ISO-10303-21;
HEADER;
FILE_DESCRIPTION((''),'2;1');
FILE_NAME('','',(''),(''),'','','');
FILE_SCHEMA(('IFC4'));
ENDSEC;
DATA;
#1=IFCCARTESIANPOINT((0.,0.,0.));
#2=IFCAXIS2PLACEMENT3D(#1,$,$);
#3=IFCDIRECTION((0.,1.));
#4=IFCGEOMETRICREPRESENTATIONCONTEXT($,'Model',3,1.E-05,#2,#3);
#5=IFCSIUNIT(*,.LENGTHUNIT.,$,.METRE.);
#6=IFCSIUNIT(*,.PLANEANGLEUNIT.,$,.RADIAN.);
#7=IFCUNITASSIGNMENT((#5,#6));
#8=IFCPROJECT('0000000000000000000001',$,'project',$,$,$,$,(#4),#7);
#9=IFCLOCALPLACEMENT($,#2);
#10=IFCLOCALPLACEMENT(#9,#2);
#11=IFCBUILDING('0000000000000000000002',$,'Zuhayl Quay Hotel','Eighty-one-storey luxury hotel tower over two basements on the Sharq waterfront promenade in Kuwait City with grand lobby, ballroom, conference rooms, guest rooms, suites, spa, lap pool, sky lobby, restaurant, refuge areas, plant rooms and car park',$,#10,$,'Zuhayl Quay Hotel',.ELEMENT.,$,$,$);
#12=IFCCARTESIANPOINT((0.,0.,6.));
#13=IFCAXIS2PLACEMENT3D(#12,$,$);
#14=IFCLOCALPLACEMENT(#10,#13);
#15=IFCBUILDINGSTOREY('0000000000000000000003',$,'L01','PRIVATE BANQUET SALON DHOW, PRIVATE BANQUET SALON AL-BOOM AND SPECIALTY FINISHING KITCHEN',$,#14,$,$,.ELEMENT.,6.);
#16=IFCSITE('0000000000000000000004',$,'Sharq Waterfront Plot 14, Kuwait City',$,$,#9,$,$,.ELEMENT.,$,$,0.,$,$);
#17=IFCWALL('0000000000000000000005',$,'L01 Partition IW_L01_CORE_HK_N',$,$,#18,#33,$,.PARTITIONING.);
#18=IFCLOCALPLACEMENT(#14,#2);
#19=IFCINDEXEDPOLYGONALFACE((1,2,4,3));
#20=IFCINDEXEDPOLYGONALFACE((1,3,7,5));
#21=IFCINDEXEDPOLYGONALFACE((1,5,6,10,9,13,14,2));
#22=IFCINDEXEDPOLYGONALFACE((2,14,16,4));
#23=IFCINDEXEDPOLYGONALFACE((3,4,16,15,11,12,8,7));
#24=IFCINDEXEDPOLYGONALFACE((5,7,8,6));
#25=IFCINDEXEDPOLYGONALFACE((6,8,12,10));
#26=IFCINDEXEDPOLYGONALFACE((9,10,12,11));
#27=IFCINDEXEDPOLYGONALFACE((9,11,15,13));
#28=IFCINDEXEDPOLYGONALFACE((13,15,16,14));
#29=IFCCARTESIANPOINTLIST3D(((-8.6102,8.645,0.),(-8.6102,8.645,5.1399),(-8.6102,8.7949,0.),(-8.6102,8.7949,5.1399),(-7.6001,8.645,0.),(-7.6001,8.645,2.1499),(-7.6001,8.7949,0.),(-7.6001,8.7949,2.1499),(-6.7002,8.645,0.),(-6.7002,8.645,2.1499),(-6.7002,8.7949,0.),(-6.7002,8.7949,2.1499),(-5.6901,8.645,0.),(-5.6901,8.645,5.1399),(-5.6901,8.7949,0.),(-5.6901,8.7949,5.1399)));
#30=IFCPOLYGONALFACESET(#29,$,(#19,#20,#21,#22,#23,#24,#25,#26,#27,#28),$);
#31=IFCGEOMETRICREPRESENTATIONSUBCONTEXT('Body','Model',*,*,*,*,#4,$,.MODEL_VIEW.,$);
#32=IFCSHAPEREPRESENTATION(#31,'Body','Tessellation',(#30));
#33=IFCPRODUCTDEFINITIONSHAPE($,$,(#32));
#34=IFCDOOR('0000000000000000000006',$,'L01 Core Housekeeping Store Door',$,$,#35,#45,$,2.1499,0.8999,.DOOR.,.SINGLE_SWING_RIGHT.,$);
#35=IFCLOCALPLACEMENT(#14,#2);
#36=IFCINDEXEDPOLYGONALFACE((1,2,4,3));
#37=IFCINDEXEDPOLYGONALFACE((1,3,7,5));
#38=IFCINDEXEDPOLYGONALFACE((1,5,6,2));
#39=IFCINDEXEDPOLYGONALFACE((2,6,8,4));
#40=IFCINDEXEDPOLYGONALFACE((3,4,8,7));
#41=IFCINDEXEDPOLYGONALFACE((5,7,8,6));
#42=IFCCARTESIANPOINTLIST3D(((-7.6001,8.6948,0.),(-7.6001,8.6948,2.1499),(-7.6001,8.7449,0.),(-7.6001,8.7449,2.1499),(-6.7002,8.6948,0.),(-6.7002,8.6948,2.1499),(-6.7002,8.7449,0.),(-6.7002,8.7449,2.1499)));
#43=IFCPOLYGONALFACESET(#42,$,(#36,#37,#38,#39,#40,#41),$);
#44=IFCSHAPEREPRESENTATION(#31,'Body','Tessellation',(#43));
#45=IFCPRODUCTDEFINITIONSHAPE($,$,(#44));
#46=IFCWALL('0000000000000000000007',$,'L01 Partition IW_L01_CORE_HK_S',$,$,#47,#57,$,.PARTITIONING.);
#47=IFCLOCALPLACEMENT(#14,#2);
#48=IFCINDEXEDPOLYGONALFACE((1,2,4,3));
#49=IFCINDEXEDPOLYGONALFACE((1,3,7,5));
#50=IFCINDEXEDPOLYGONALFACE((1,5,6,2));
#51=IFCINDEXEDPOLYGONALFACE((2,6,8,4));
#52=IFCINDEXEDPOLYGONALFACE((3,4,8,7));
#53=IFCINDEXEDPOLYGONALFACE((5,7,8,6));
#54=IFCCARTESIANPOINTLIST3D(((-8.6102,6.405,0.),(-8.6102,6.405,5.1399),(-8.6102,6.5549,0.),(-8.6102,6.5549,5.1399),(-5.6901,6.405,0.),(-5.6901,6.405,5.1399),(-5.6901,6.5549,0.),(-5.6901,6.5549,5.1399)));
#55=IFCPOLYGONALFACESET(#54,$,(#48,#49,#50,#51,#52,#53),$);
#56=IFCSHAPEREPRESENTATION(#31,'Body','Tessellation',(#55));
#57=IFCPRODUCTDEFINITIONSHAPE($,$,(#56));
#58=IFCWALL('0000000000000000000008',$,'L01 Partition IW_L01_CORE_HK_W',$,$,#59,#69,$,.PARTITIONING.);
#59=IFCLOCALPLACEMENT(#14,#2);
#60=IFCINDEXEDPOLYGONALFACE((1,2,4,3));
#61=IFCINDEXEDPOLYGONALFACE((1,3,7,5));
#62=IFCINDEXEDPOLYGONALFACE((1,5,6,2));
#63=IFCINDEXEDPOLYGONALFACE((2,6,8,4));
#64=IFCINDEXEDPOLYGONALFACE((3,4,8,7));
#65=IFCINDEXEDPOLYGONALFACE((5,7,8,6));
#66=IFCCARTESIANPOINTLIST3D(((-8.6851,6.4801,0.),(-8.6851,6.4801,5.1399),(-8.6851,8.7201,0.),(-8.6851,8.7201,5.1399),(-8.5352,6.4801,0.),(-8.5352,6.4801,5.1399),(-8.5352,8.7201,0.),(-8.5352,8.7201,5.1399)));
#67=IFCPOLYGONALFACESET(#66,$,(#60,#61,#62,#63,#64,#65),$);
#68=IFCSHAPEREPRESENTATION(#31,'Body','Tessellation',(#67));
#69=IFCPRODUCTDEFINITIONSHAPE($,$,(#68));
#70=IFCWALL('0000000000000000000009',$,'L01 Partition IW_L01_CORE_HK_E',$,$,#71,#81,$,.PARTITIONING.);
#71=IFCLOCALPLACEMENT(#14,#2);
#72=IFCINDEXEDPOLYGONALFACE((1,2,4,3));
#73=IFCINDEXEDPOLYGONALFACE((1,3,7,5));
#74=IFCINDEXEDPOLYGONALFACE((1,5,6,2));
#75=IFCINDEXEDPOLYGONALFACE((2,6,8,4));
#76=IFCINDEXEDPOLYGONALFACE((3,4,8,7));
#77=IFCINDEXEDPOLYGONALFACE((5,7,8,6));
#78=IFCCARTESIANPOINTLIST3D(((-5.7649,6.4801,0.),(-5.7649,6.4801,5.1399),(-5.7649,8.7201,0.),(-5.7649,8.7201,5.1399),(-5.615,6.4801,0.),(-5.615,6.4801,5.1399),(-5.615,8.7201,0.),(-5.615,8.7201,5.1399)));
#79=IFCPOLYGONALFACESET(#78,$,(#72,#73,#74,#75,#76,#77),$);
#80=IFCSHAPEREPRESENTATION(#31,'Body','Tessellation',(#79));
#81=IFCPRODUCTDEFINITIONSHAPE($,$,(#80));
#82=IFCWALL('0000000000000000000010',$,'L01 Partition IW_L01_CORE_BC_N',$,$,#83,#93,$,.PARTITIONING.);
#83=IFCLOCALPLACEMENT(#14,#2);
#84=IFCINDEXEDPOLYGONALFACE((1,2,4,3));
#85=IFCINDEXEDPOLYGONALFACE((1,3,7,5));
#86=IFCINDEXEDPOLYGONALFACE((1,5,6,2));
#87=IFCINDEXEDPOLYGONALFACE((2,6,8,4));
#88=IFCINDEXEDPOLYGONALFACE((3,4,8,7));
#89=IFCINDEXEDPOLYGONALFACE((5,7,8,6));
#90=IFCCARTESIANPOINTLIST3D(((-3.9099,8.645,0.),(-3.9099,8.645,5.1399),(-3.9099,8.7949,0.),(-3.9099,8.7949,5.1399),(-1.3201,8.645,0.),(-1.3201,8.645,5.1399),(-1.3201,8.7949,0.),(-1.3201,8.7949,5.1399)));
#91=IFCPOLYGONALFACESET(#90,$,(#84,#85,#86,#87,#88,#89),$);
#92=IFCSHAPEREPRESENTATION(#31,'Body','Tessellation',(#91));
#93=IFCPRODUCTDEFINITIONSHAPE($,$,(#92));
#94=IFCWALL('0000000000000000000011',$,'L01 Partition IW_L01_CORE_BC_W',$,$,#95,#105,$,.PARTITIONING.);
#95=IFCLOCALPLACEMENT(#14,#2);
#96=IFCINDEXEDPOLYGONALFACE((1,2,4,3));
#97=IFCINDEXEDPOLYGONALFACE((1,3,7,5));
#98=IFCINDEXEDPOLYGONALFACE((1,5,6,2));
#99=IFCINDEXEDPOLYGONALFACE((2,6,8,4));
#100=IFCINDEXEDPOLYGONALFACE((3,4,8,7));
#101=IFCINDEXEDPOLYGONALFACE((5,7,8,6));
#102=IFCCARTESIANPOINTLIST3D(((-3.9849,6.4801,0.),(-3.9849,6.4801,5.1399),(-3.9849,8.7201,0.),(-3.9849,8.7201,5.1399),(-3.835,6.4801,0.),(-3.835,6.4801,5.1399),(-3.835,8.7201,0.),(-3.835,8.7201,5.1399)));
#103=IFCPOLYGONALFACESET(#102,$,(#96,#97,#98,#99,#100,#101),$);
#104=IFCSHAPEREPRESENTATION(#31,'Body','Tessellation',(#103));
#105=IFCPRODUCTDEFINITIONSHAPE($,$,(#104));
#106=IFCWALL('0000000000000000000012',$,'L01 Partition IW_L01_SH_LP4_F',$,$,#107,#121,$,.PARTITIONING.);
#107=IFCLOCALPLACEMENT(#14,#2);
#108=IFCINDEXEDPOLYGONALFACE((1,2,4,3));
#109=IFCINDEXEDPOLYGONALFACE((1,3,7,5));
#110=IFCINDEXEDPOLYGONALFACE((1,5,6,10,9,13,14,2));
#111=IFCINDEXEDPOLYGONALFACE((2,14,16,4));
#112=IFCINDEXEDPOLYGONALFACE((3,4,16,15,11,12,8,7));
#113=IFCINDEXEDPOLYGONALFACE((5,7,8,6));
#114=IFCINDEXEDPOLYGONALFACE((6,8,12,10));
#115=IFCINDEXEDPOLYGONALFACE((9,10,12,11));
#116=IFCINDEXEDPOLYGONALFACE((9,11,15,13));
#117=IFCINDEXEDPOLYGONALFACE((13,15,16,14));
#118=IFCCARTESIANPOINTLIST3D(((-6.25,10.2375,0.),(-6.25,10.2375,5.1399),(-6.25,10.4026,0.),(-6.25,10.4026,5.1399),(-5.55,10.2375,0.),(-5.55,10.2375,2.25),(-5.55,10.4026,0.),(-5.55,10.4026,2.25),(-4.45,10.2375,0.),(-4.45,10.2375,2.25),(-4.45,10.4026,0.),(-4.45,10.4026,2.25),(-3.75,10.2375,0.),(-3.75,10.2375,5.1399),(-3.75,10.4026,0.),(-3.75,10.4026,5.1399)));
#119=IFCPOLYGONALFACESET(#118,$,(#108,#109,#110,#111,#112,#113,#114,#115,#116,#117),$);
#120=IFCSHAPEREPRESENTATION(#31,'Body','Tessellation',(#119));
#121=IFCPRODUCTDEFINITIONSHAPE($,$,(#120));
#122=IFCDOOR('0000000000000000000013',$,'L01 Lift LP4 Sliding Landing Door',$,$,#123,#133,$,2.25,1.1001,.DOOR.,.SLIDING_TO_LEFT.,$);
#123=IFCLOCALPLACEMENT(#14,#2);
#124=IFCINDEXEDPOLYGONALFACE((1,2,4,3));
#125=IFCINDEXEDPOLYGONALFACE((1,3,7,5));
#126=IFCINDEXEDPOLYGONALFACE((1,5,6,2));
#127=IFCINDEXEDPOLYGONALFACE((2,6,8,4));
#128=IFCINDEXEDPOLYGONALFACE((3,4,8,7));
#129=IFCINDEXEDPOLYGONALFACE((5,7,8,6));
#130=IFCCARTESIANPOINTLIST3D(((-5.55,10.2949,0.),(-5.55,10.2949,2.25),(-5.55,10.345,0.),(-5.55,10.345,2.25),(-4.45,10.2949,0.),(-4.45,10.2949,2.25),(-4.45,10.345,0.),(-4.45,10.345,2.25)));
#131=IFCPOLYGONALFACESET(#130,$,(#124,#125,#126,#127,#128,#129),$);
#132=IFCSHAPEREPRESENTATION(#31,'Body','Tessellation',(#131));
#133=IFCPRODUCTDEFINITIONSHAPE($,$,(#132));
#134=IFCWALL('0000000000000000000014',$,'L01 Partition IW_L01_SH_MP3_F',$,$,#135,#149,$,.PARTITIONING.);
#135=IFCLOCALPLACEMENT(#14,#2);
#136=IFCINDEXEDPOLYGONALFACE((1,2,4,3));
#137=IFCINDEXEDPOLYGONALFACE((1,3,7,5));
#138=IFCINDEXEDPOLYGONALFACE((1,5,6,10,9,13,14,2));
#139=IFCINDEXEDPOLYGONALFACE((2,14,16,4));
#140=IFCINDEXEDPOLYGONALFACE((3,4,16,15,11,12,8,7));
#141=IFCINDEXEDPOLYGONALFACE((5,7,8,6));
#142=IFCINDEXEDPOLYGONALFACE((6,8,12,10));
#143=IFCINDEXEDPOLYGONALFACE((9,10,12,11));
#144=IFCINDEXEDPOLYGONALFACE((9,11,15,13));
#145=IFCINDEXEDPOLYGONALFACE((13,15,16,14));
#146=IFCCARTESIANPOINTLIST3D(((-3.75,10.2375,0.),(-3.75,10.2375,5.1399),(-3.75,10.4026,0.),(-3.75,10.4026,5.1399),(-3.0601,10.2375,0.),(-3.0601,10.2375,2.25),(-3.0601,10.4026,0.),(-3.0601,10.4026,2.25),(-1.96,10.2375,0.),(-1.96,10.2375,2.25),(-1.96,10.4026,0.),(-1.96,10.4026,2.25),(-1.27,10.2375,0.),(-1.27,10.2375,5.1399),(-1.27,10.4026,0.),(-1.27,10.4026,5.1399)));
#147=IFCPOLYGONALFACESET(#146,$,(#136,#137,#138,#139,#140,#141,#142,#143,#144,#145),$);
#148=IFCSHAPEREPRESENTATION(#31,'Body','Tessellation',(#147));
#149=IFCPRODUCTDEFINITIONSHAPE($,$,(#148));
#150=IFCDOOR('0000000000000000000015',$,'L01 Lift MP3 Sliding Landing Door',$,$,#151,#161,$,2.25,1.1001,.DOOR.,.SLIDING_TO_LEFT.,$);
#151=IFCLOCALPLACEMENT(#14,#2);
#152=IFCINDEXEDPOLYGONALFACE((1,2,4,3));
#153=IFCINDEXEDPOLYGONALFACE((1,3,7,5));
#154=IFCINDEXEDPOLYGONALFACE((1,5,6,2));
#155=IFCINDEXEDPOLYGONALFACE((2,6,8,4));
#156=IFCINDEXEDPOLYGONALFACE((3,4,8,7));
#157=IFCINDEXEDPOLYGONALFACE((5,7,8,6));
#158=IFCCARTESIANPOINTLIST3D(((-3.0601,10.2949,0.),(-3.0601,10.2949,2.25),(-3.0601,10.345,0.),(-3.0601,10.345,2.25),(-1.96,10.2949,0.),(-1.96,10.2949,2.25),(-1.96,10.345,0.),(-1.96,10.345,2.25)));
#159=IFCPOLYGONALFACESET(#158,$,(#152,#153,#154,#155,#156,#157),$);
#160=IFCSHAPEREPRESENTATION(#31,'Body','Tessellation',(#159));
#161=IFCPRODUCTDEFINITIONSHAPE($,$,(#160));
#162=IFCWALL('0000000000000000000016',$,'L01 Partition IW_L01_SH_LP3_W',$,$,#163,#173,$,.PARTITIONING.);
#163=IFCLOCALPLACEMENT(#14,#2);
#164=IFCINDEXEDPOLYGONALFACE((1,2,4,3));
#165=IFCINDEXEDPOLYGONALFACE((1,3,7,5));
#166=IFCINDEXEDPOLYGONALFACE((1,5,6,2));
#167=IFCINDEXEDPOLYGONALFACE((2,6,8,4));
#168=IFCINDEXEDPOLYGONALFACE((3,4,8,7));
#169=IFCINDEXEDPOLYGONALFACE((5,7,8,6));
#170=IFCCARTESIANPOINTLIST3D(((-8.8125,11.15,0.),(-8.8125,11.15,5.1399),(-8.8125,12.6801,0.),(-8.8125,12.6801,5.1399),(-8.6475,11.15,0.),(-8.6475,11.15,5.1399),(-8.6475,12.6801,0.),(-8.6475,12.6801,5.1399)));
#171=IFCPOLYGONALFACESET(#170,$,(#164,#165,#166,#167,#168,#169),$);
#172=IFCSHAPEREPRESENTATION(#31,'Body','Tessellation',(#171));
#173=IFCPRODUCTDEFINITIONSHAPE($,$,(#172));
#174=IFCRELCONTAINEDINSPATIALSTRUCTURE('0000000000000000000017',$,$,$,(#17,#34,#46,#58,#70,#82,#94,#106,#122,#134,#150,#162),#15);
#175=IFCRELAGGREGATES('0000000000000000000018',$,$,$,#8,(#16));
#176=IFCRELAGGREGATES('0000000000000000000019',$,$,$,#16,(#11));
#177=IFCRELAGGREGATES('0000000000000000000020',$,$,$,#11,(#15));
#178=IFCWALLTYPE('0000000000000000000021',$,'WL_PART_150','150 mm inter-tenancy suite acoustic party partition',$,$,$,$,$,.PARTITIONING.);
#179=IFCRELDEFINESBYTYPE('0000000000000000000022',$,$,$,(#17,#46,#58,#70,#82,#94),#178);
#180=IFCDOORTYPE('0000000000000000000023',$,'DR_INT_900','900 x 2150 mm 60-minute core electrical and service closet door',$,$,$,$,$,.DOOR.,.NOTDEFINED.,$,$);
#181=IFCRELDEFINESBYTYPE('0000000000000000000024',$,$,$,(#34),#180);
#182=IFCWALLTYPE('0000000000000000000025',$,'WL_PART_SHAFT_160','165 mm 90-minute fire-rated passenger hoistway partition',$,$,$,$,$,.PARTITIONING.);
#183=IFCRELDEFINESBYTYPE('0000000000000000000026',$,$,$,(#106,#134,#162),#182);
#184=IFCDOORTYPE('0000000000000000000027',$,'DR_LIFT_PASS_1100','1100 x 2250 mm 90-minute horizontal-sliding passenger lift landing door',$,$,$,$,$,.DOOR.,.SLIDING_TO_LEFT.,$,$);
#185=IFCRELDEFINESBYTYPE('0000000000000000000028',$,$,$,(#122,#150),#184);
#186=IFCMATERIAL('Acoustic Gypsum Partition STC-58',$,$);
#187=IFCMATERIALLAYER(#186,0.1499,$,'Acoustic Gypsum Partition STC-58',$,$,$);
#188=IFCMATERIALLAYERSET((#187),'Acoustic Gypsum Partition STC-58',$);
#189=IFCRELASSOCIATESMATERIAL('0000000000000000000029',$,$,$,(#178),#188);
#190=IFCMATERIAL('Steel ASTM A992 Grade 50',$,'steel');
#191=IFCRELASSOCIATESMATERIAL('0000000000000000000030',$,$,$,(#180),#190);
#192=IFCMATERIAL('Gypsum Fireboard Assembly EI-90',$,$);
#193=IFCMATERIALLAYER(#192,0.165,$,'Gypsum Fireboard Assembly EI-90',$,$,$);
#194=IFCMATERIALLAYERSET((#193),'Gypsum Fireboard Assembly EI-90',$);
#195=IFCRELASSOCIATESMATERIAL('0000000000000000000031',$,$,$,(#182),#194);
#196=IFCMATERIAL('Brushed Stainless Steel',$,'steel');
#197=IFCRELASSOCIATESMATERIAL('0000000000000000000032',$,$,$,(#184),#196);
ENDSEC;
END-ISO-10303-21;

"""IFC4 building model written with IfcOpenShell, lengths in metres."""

from ifc_helpers import new_model, si_unit, direction, frame, frame_2d, origin, place, context, subcontext, project, spatial, rectangle, extrude, material, layer, layer_set, type_object, element, fill, save


model = new_model("IFC4")

# Units and contexts
model_context = context("Model", 3, precision=1e-05, world=origin(), true_north=direction((0.0, 1.0)))
body_context = subcontext(model_context, "Body", "Model", "MODEL_VIEW")
ifc_project = project(units=[si_unit("LENGTHUNIT", "METRE"), si_unit("PLANEANGLEUNIT", "RADIAN")], contexts=[model_context])

# Site, building, storey
site_placement = place(None, origin())
site = spatial("IfcSite", under=ifc_project, at=site_placement, Name="Sharq Waterfront Plot 14, Kuwait City", CompositionType="ELEMENT", RefElevation=0.0)
building_placement = place(site_placement, origin())
building = spatial("IfcBuilding", under=site, at=building_placement, Name="Zuhayl Quay Hotel", Description="Eighty-one-storey luxury hotel tower over two basements on the Sharq waterfront promenade in Kuwait City with grand lobby, ballroom, conference rooms, guest rooms, suites, spa, lap pool, sky lobby, restaurant, refuge areas, plant rooms and car park", LongName="Zuhayl Quay Hotel", CompositionType="ELEMENT")
storey_placement = place(building_placement, frame((0.0, 0.0, 6.0)))
storey = spatial("IfcBuildingStorey", under=building, at=storey_placement, Name="L01", Description="PRIVATE BANQUET SALON DHOW, PRIVATE BANQUET SALON AL-BOOM AND SPECIALTY FINISHING KITCHEN", CompositionType="ELEMENT", Elevation=6.0)

# Wall, opening, door
ifc_material_1 = material(Name="Acoustic Gypsum Partition STC-58")
ifc_layer_1 = layer(ifc_material_1, 0.1499, Name="Acoustic Gypsum Partition STC-58")
ifc_layer_set_1 = layer_set([ifc_layer_1], Name="Acoustic Gypsum Partition STC-58")
wall_type_1 = type_object("IfcWallType", Name="WL_PART_150", Description="150 mm inter-tenancy suite acoustic party partition", PredefinedType="PARTITIONING", material=ifc_layer_set_1)
wall_1_placement = place(storey_placement, frame((-8.6101, 8.72, 0.0), z_axis=(0.0, 0.0, 1.0), x_axis=(1.0, 0.0, 0.0)))
wall_1 = element("IfcWall", 1, at=wall_1_placement, inside=storey, type_object=wall_type_1, Name="L01 Partition IW_L01_CORE_HK_N", PredefinedType="PARTITIONING", context=body_context, shape_type="SweptSolid", body=[
    extrude(rectangle(XDim=2.9202, YDim=0.1499, at=frame_2d((1.46, 0.0))), origin(), (0.0, 0.0, 1.0), 5.1399),
])
opening_1_placement = place(wall_1_placement, frame((1.01, 0.0, 0.0)))
opening_1 = element("IfcOpeningElement", 2, at=opening_1_placement, cuts=wall_1, PredefinedType="OPENING", context=body_context, shape_type="SweptSolid", body=[
    extrude(rectangle(XDim=0.8999, YDim=2.1499, at=frame_2d((0.45, 1.075))), frame((0.0, 0.085, 0.0), z_axis=(0.0, -1.0, 0.0), x_axis=(1.0, 0.0, 0.0)), (0.0, 0.0, 1.0), 0.1699),
])
ifc_material_2 = material(Name="Steel ASTM A992 Grade 50", Category="steel")
door_type_1 = type_object("IfcDoorType", Name="DR_INT_900", Description="900 x 2150 mm 60-minute core electrical and service closet door", OperationType="NOTDEFINED", PredefinedType="DOOR", material=ifc_material_2)
door_1_placement = place(opening_1_placement, origin())
door_1 = element("IfcDoor", 3, at=door_1_placement, inside=storey, type_object=door_type_1, Name="L01 Core Housekeeping Store Door", OperationType="SINGLE_SWING_RIGHT", OverallHeight=2.1499, OverallWidth=0.8999, PredefinedType="DOOR", context=body_context, shape_type="SweptSolid", body=[
    extrude(rectangle(XDim=0.8999, YDim=2.1499, at=frame_2d((0.45, 1.075))), frame((0.0, 0.0249, 0.0), z_axis=(0.0, -1.0, 0.0), x_axis=(1.0, 0.0, 0.0)), (0.0, 0.0, 1.0), 0.05),
])
fill(opening_1, door_1)

# Walls
wall_2_placement = place(storey_placement, frame((-8.6101, 6.48, 0.0), z_axis=(0.0, 0.0, 1.0), x_axis=(1.0, 0.0, 0.0)))
element("IfcWall", 4, at=wall_2_placement, inside=storey, type_object=wall_type_1, Name="L01 Partition IW_L01_CORE_HK_S", PredefinedType="PARTITIONING", context=body_context, shape_type="SweptSolid", body=[
    extrude(rectangle(XDim=2.9202, YDim=0.1499, at=frame_2d((1.46, 0.0))), origin(), (0.0, 0.0, 1.0), 5.1399),
])
for number, where, z_axis, x_axis, name in (
    (5, (-8.6101, 6.48, 0.0), (0.0, 0.0, 1.0), (0.0, 1.0, 0.0), "L01 Partition IW_L01_CORE_HK_W"),
    (6, (-5.6899, 6.48, 0.0), (0.0, 0.0, 1.0), (0.0, 1.0, 0.0), "L01 Partition IW_L01_CORE_HK_E"),
):
    element("IfcWall", number, at=place(storey_placement, frame(where, z_axis=z_axis, x_axis=x_axis)), inside=storey, type_object=wall_type_1, Name=name, PredefinedType="PARTITIONING", context=body_context, shape_type="SweptSolid", body=[
        extrude(rectangle(XDim=2.24, YDim=0.1499, at=frame_2d((1.1201, 0.0))), origin(), (0.0, 0.0, 1.0), 5.1399),
    ])
wall_3_placement = place(storey_placement, frame((-3.9099, 8.72, 0.0), z_axis=(0.0, 0.0, 1.0), x_axis=(1.0, 0.0, 0.0)))
element("IfcWall", 7, at=wall_3_placement, inside=storey, type_object=wall_type_1, Name="L01 Partition IW_L01_CORE_BC_N", PredefinedType="PARTITIONING", context=body_context, shape_type="SweptSolid", body=[
    extrude(rectangle(XDim=2.5898, YDim=0.1499, at=frame_2d((1.2949, 0.0))), origin(), (0.0, 0.0, 1.0), 5.1399),
])
wall_4_placement = place(storey_placement, frame((-3.9099, 6.48, 0.0), z_axis=(0.0, 0.0, 1.0), x_axis=(0.0, 1.0, 0.0)))
element("IfcWall", 8, at=wall_4_placement, inside=storey, type_object=wall_type_1, Name="L01 Partition IW_L01_CORE_BC_W", PredefinedType="PARTITIONING", context=body_context, shape_type="SweptSolid", body=[
    extrude(rectangle(XDim=2.24, YDim=0.1499, at=frame_2d((1.1201, 0.0))), origin(), (0.0, 0.0, 1.0), 5.1399),
])

# Walls, openings, doors
ifc_material_3 = material(Name="Gypsum Fireboard Assembly EI-90")
ifc_layer_2 = layer(ifc_material_3, 0.165, Name="Gypsum Fireboard Assembly EI-90")
ifc_layer_set_2 = layer_set([ifc_layer_2], Name="Gypsum Fireboard Assembly EI-90")
wall_type_2 = type_object("IfcWallType", Name="WL_PART_SHAFT_160", Description="165 mm 90-minute fire-rated passenger hoistway partition", PredefinedType="PARTITIONING", material=ifc_layer_set_2)
wall_5_placement = place(storey_placement, frame((-6.25, 10.3201, 0.0), z_axis=(0.0, 0.0, 1.0), x_axis=(1.0, 0.0, 0.0)))
wall_5 = element("IfcWall", 9, at=wall_5_placement, inside=storey, type_object=wall_type_2, Name="L01 Partition IW_L01_SH_LP4_F", PredefinedType="PARTITIONING", context=body_context, shape_type="SweptSolid", body=[
    extrude(rectangle(XDim=2.5, YDim=0.165, at=frame_2d((1.25, 0.0))), origin(), (0.0, 0.0, 1.0), 5.1399),
])
opening_2_placement = place(wall_5_placement, frame((0.7, 0.0, 0.0)))
opening_2 = element("IfcOpeningElement", 10, at=opening_2_placement, cuts=wall_5, PredefinedType="OPENING", context=body_context, shape_type="SweptSolid", body=[
    extrude(rectangle(XDim=1.1001, YDim=2.25, at=frame_2d((0.55, 1.125))), frame((0.0, 0.0925, 0.0), z_axis=(0.0, -1.0, 0.0), x_axis=(1.0, 0.0, 0.0)), (0.0, 0.0, 1.0), 0.1851),
])
ifc_material_4 = material(Name="Brushed Stainless Steel", Category="steel")
door_type_2 = type_object("IfcDoorType", Name="DR_LIFT_PASS_1100", Description="1100 x 2250 mm 90-minute horizontal-sliding passenger lift landing door", OperationType="SLIDING_TO_LEFT", PredefinedType="DOOR", material=ifc_material_4)
door_2_placement = place(opening_2_placement, origin())
door_2 = element("IfcDoor", 11, at=door_2_placement, inside=storey, type_object=door_type_2, Name="L01 Lift LP4 Sliding Landing Door", OperationType="SLIDING_TO_LEFT", OverallHeight=2.25, OverallWidth=1.1001, PredefinedType="DOOR", context=body_context, shape_type="SweptSolid", body=[
    extrude(rectangle(XDim=1.1001, YDim=2.25, at=frame_2d((0.55, 1.125))), frame((0.0, 0.0249, 0.0), z_axis=(0.0, -1.0, 0.0), x_axis=(1.0, 0.0, 0.0)), (0.0, 0.0, 1.0), 0.05),
])
fill(opening_2, door_2)
wall_6_placement = place(storey_placement, frame((-3.75, 10.3201, 0.0), z_axis=(0.0, 0.0, 1.0), x_axis=(1.0, 0.0, 0.0)))
wall_6 = element("IfcWall", 12, at=wall_6_placement, inside=storey, type_object=wall_type_2, Name="L01 Partition IW_L01_SH_MP3_F", PredefinedType="PARTITIONING", context=body_context, shape_type="SweptSolid", body=[
    extrude(rectangle(XDim=2.48, YDim=0.165, at=frame_2d((1.24, 0.0))), origin(), (0.0, 0.0, 1.0), 5.1399),
])
opening_3_placement = place(wall_6_placement, frame((0.6899, 0.0, 0.0)))
opening_3 = element("IfcOpeningElement", 13, at=opening_3_placement, cuts=wall_6, PredefinedType="OPENING", context=body_context, shape_type="SweptSolid", body=[
    extrude(rectangle(XDim=1.1001, YDim=2.25, at=frame_2d((0.55, 1.125))), frame((0.0, 0.0925, 0.0), z_axis=(0.0, -1.0, 0.0), x_axis=(1.0, 0.0, 0.0)), (0.0, 0.0, 1.0), 0.1851),
])
door_3_placement = place(opening_3_placement, origin())
door_3 = element("IfcDoor", 14, at=door_3_placement, inside=storey, type_object=door_type_2, Name="L01 Lift MP3 Sliding Landing Door", OperationType="SLIDING_TO_LEFT", OverallHeight=2.25, OverallWidth=1.1001, PredefinedType="DOOR", context=body_context, shape_type="SweptSolid", body=[
    extrude(rectangle(XDim=1.1001, YDim=2.25, at=frame_2d((0.55, 1.125))), frame((0.0, 0.0249, 0.0), z_axis=(0.0, -1.0, 0.0), x_axis=(1.0, 0.0, 0.0)), (0.0, 0.0, 1.0), 0.05),
])
fill(opening_3, door_3)

# Wall
wall_7_placement = place(storey_placement, frame((-8.73, 11.1499, 0.0), z_axis=(0.0, 0.0, 1.0), x_axis=(0.0, 1.0, 0.0)))
element("IfcWall", 15, at=wall_7_placement, inside=storey, type_object=wall_type_2, Name="L01 Partition IW_L01_SH_LP3_W", PredefinedType="PARTITIONING", context=body_context, shape_type="SweptSolid", body=[
    extrude(rectangle(XDim=1.53, YDim=0.165, at=frame_2d((0.7651, 0.0))), origin(), (0.0, 0.0, 1.0), 5.1399),
])

save(model, "model.ifc")
